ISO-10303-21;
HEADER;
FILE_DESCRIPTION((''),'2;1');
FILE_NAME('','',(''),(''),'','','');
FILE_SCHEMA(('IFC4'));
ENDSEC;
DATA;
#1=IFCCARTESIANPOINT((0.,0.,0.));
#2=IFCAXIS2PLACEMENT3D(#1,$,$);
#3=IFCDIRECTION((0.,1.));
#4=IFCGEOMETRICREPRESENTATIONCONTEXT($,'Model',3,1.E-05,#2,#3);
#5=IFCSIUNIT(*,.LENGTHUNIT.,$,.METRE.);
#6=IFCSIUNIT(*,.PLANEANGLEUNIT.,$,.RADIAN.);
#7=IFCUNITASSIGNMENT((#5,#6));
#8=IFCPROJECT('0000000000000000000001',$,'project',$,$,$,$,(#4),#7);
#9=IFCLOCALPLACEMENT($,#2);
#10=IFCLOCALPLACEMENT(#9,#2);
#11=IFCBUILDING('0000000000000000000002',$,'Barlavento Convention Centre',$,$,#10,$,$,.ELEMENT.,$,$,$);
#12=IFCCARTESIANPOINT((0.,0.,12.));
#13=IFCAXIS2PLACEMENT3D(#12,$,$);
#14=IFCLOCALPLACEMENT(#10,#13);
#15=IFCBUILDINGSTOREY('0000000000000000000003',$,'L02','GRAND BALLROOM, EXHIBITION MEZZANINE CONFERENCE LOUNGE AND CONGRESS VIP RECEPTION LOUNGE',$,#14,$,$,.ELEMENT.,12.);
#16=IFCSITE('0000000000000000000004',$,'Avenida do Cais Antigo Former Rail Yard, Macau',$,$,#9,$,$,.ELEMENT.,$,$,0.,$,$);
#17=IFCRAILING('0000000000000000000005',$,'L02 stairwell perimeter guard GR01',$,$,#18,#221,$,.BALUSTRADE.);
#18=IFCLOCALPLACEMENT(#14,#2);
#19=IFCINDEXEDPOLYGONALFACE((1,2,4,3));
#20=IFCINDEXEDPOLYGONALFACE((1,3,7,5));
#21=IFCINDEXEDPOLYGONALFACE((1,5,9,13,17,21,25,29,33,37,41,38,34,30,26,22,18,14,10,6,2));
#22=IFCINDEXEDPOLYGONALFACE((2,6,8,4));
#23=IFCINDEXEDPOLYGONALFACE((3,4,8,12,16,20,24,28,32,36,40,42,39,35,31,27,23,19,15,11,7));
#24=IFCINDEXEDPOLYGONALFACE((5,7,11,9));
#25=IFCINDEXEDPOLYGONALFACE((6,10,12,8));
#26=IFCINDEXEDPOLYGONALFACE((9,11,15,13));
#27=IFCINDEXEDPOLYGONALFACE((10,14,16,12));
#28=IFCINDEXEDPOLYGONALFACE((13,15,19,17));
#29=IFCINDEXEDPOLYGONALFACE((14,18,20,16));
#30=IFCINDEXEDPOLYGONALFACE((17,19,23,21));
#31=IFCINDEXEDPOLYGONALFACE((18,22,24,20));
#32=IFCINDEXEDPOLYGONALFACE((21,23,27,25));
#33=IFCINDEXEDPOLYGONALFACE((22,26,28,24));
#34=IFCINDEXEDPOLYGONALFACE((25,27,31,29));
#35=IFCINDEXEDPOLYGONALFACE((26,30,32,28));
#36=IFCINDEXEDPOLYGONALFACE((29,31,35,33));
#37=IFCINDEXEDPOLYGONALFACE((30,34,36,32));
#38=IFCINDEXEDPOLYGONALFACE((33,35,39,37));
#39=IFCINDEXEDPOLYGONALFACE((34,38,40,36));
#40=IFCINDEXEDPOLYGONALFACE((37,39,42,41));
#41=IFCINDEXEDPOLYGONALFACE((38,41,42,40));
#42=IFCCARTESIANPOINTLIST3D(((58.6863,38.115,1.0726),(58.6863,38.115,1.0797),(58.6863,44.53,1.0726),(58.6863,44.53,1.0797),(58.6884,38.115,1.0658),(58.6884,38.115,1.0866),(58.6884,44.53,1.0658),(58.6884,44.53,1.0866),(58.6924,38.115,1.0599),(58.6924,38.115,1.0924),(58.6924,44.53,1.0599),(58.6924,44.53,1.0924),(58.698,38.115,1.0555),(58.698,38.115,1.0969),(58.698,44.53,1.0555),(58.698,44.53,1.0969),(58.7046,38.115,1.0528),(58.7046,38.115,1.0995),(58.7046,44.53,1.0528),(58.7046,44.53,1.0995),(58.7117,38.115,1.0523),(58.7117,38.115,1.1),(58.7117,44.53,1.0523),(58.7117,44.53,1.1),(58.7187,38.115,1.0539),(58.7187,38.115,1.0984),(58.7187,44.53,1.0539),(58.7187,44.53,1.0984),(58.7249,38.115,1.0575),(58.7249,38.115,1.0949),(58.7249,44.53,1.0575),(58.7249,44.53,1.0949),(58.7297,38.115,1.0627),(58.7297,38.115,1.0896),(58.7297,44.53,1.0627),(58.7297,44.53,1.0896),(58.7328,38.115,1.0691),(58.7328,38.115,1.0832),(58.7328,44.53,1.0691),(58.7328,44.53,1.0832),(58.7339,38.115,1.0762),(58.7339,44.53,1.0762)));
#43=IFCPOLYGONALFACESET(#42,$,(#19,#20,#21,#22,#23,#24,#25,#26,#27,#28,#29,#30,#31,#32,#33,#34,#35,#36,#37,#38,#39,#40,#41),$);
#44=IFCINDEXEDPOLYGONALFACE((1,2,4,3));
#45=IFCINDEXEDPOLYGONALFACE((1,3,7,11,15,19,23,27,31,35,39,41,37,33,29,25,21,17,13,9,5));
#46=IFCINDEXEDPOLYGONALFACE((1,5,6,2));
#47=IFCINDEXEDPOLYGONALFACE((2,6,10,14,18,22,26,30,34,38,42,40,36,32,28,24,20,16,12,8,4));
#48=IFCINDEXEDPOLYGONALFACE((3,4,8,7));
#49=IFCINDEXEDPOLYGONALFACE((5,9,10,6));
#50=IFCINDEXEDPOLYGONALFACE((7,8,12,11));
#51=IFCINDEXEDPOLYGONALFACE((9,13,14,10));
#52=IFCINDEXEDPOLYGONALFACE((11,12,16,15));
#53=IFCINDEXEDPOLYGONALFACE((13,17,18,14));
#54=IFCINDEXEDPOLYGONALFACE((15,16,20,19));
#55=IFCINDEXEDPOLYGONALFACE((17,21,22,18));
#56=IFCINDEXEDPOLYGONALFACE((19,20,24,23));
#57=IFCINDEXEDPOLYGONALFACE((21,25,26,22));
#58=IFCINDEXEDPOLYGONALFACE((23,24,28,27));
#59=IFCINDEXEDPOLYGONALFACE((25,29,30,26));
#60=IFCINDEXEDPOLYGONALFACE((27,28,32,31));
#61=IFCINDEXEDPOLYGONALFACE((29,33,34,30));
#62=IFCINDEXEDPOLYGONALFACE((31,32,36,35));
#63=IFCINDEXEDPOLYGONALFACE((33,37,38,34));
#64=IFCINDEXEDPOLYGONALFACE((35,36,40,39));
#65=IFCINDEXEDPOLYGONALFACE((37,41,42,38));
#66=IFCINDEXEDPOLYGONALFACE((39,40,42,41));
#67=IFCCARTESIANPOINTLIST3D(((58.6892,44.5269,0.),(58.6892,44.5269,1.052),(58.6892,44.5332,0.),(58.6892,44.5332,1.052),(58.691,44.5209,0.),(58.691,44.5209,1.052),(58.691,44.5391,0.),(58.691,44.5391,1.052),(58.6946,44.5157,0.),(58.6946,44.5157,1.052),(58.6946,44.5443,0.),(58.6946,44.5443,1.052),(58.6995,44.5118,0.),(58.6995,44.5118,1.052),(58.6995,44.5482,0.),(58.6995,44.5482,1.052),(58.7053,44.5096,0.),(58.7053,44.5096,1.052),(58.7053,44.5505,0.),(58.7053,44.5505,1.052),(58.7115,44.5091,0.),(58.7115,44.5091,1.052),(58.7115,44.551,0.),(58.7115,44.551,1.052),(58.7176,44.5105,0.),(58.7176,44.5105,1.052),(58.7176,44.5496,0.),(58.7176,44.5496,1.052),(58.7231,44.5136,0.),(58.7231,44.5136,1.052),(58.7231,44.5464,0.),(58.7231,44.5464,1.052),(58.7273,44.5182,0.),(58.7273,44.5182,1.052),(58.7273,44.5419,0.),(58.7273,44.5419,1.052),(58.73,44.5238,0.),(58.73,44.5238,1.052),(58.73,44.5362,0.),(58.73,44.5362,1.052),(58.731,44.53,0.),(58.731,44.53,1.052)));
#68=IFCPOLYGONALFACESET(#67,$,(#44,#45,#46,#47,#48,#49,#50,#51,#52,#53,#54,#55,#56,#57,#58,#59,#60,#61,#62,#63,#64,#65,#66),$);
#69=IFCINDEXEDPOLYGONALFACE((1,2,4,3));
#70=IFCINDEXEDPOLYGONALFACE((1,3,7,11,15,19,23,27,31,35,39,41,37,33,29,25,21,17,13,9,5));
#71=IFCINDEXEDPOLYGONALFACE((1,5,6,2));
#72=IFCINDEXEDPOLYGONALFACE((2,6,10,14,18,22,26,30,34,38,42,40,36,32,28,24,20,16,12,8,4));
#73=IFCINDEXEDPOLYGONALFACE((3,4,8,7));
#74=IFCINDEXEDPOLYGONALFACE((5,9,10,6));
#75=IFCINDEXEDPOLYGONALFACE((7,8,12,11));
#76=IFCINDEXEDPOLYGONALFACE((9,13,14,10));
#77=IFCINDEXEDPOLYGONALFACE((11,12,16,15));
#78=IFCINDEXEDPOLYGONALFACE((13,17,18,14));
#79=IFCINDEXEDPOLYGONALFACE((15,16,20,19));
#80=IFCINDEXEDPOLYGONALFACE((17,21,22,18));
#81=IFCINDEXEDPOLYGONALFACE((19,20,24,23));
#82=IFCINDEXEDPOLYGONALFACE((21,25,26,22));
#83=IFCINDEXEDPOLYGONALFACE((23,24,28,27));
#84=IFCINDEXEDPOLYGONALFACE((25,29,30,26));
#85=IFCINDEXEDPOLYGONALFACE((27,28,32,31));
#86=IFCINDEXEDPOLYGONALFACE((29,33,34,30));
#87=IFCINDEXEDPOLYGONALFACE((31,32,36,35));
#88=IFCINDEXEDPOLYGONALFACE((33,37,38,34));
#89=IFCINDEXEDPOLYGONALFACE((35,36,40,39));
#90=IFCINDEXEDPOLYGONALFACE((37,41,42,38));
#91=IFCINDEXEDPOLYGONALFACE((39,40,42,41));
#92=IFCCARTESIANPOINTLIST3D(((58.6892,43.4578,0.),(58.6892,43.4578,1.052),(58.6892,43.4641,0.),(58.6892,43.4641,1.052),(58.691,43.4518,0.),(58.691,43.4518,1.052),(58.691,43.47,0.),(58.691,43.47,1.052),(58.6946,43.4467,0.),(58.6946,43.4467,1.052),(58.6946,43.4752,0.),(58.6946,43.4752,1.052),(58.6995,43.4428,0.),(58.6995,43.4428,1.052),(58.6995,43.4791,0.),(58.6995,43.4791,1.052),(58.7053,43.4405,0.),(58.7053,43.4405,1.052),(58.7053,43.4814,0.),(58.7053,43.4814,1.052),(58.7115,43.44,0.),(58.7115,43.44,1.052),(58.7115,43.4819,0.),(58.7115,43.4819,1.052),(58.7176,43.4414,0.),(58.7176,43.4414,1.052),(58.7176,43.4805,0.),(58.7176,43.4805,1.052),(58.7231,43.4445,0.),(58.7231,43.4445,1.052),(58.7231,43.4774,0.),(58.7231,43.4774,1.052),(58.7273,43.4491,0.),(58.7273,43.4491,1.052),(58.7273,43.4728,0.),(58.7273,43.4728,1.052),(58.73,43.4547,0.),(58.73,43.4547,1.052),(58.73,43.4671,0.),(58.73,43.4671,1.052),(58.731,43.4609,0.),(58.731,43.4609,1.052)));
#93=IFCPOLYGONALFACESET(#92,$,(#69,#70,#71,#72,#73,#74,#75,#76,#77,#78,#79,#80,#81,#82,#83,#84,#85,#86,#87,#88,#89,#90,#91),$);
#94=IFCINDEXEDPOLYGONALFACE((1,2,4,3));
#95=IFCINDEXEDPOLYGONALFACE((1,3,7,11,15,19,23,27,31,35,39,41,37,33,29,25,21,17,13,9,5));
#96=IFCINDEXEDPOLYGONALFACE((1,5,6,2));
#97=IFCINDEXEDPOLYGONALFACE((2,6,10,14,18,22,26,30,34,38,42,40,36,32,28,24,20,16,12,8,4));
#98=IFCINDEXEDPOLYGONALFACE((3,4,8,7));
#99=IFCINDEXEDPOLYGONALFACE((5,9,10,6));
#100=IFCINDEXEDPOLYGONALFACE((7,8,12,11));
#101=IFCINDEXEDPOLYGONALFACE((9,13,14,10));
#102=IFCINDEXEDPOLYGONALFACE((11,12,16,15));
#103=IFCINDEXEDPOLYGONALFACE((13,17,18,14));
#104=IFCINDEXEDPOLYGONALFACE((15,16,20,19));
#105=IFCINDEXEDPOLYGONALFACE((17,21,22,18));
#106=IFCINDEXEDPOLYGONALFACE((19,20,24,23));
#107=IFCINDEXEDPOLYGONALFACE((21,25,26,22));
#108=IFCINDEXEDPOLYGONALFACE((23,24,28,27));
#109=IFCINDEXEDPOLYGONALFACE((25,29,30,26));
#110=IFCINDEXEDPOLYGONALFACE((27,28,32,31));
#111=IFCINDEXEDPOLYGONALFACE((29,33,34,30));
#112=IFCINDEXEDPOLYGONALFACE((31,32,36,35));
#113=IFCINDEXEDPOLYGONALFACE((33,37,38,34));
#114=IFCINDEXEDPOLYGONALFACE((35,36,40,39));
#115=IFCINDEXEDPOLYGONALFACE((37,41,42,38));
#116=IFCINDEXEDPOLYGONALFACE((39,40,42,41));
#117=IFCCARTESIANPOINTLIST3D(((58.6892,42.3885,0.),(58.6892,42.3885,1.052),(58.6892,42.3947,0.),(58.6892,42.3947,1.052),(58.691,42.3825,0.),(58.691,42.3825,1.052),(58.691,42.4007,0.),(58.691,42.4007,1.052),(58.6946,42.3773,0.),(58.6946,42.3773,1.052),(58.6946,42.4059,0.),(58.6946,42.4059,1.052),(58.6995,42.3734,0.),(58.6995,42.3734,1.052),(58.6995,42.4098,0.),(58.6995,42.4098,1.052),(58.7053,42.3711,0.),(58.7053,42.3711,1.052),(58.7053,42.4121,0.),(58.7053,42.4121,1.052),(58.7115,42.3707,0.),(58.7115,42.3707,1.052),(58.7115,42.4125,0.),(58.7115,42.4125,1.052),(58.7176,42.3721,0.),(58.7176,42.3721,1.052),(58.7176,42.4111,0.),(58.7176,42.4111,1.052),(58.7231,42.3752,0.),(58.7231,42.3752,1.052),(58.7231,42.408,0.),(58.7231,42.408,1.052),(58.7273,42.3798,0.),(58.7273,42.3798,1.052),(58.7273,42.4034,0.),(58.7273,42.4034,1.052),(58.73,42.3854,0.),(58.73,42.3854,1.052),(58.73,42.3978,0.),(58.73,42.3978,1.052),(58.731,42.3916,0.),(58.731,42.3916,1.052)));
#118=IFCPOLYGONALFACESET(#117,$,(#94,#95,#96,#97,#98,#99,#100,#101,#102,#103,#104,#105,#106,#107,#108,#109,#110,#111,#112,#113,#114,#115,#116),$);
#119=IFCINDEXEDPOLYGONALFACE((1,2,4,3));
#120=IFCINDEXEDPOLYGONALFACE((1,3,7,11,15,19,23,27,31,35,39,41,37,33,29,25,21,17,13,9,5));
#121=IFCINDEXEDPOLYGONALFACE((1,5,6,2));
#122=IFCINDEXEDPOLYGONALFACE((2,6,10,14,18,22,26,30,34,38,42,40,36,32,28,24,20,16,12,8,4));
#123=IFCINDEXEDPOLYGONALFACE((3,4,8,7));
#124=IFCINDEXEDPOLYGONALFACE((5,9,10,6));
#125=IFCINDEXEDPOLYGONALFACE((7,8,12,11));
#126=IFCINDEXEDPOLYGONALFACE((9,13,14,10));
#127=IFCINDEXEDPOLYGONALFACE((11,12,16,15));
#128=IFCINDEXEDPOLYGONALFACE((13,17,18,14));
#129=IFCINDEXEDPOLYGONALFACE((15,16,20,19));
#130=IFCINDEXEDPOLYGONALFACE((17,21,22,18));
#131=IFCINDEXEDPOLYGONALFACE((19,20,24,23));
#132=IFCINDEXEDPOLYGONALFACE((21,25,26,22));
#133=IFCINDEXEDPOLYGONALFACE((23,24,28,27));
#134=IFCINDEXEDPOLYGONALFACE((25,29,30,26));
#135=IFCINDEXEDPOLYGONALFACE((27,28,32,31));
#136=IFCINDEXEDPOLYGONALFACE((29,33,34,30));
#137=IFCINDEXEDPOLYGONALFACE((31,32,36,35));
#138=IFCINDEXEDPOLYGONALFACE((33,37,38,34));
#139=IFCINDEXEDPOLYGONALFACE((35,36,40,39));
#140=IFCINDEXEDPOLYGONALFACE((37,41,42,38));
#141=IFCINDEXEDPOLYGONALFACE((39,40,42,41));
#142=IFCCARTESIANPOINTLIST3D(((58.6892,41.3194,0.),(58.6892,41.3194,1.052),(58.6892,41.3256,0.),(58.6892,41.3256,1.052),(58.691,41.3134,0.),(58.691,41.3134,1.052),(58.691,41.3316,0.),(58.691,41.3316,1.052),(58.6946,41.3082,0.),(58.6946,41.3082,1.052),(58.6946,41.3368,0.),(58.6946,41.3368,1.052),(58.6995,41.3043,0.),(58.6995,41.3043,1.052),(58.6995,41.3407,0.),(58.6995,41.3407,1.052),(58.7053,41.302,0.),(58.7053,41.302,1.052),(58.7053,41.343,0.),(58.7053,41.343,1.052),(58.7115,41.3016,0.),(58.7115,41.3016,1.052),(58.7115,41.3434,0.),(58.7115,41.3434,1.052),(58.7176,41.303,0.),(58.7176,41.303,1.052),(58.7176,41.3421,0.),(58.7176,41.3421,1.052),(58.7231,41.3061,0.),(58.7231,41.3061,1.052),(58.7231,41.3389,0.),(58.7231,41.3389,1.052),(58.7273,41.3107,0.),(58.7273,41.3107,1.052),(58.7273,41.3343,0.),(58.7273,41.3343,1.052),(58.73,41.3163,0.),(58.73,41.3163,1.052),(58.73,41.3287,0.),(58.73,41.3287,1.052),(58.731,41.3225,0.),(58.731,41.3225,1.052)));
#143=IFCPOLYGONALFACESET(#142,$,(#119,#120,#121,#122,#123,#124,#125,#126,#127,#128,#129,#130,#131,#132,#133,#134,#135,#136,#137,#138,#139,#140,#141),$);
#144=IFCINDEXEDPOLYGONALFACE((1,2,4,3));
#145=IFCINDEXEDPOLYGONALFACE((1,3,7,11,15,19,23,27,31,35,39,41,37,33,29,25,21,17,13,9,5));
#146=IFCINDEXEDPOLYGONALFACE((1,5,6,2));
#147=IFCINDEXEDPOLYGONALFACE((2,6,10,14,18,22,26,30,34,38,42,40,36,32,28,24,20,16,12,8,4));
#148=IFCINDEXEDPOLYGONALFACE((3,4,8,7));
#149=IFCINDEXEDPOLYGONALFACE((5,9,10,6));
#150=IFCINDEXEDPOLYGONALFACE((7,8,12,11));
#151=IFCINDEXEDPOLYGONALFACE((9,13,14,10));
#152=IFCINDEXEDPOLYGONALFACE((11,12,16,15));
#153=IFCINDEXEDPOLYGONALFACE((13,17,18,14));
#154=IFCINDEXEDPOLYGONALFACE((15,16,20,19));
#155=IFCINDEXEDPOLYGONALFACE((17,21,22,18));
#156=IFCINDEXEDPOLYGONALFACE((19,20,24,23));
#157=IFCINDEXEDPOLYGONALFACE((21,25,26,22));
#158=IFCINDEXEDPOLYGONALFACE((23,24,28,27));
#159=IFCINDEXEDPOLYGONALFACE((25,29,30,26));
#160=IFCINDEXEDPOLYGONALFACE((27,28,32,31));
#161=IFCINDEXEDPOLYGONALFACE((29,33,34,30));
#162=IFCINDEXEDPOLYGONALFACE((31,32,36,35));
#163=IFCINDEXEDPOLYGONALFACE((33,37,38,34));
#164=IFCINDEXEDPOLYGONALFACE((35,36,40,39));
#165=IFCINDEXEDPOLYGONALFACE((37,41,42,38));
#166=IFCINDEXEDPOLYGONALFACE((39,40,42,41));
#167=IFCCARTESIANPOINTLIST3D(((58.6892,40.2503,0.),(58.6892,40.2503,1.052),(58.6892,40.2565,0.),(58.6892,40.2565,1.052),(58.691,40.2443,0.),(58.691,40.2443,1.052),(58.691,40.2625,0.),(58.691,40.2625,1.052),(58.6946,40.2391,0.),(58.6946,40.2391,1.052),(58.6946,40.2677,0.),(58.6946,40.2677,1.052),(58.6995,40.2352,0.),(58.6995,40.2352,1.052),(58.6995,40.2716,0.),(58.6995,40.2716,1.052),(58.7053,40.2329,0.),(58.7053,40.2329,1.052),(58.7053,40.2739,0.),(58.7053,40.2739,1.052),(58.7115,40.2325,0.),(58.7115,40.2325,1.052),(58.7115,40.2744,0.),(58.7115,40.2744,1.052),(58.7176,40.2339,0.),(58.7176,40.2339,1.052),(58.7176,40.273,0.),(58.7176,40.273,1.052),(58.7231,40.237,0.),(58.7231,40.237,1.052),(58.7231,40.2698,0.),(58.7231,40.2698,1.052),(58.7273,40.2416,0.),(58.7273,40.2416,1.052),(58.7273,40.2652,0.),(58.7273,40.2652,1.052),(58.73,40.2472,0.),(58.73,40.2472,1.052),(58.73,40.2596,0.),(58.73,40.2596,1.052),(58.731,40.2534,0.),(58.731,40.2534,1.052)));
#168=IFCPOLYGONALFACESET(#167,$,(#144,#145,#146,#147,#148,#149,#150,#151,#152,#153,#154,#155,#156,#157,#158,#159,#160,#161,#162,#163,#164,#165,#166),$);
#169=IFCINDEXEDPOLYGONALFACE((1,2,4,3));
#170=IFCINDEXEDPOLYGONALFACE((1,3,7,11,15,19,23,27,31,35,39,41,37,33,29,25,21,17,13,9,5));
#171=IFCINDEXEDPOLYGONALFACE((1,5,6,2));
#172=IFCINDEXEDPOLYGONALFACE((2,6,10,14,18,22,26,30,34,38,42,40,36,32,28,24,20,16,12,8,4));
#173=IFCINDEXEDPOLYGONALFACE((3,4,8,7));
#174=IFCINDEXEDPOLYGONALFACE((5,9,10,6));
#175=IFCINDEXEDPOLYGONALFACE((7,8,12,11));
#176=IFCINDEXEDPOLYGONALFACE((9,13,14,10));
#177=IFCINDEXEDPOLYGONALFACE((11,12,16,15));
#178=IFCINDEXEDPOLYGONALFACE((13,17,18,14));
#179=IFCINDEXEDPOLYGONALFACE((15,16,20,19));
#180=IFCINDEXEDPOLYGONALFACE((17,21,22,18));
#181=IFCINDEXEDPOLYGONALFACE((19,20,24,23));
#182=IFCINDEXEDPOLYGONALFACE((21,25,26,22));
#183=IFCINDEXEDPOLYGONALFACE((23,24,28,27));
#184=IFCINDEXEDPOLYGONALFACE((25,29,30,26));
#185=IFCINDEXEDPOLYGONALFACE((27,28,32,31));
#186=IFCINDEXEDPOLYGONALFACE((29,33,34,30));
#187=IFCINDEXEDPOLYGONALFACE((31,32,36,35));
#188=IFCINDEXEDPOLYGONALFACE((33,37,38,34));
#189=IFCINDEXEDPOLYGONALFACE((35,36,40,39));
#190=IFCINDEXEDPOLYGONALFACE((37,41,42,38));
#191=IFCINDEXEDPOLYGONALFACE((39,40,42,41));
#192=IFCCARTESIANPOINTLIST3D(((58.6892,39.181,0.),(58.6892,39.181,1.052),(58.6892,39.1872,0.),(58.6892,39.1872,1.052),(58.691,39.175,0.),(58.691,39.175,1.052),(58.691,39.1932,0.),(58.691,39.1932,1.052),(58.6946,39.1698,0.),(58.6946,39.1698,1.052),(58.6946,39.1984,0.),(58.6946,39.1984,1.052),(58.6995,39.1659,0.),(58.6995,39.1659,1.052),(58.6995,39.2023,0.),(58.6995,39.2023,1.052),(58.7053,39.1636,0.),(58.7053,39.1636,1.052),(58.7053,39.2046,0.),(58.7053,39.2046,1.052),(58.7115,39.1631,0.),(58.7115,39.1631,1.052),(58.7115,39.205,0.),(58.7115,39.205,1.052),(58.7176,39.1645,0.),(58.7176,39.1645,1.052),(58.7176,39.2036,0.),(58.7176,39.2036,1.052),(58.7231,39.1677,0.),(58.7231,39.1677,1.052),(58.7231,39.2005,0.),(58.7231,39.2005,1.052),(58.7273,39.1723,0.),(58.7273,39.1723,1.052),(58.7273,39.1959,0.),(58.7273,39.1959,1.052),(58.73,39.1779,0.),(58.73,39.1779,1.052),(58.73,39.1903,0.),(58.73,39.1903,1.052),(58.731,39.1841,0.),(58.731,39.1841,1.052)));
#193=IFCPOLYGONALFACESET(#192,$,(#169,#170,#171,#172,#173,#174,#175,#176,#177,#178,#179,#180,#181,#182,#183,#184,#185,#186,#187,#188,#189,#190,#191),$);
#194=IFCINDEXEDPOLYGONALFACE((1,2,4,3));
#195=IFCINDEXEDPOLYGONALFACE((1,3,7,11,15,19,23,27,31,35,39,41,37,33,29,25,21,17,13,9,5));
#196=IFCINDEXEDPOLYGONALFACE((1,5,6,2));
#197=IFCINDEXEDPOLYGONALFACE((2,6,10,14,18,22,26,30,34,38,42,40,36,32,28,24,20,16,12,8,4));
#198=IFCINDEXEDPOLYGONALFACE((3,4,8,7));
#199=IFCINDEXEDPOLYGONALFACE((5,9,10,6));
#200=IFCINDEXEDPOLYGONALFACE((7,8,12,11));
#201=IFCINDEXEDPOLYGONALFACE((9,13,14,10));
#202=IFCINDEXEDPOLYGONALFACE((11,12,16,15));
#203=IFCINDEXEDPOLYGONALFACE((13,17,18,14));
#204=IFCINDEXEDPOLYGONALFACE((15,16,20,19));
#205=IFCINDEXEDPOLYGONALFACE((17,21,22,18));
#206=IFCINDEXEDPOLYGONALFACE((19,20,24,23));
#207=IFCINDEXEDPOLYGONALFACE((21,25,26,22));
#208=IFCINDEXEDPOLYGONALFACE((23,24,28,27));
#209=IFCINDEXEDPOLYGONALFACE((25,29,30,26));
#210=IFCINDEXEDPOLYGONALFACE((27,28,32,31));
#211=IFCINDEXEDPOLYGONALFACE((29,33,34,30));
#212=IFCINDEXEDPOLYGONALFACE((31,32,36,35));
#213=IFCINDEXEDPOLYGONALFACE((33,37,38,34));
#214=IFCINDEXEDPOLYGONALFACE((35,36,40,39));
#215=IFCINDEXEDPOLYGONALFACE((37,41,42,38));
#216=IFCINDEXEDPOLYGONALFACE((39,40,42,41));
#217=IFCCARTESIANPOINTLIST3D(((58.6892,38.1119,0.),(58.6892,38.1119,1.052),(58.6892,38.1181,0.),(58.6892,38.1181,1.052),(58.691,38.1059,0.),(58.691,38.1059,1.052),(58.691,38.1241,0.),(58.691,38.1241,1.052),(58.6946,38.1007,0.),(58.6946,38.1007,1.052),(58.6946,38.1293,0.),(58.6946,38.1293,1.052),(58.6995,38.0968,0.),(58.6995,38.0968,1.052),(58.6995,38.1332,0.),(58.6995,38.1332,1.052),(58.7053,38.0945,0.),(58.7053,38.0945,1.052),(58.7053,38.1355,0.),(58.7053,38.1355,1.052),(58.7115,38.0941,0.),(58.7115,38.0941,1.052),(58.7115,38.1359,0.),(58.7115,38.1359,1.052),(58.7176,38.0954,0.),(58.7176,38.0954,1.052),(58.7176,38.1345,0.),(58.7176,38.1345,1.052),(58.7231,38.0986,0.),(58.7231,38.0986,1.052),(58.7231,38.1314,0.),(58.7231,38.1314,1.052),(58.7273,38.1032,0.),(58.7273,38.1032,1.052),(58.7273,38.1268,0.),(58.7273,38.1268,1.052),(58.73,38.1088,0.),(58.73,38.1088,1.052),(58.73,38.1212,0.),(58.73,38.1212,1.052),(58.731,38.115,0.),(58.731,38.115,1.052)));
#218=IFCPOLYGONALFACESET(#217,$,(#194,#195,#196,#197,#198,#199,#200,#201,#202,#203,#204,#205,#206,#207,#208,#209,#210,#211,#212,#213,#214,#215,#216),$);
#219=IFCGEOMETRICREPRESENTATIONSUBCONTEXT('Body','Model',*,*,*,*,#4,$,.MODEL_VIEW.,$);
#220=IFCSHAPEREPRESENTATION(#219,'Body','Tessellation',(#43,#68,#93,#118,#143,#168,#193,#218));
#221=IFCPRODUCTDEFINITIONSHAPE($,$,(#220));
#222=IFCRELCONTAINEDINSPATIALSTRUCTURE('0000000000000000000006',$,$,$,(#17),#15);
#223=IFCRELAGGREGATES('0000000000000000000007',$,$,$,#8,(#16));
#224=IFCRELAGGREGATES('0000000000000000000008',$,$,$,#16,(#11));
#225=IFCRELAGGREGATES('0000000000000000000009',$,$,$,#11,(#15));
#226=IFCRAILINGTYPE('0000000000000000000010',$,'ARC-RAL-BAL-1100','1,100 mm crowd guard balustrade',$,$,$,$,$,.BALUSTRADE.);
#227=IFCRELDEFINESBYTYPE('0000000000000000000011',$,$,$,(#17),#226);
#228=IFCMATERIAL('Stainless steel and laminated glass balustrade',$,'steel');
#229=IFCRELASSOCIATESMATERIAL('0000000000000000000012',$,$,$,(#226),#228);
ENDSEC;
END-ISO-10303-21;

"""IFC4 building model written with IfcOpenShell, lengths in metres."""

from ifc_helpers import new_model, si_unit, direction, frame, origin, origin_2d, place, context, subcontext, project, spatial, circle, extrude, material, type_object, element, save


model = new_model("IFC4")

# Units and contexts
model_context = context("Model", 3, precision=1e-05, world=origin(), true_north=direction((0.0, 1.0)))
body_context = subcontext(model_context, "Body", "Model", "MODEL_VIEW")
ifc_project = project(units=[si_unit("LENGTHUNIT", "METRE"), si_unit("PLANEANGLEUNIT", "RADIAN")], contexts=[model_context])

# Site, building, storey
site_placement = place(None, origin())
site = spatial("IfcSite", under=ifc_project, at=site_placement, Name="Avenida do Cais Antigo Former Rail Yard, Macau", CompositionType="ELEMENT", RefElevation=0.0)
building_placement = place(site_placement, origin())
building = spatial("IfcBuilding", under=site, at=building_placement, Name="Barlavento Convention Centre", CompositionType="ELEMENT")
storey_placement = place(building_placement, frame((0.0, 0.0, 12.0)))
storey = spatial("IfcBuildingStorey", under=building, at=storey_placement, Name="L02", Description="GRAND BALLROOM, EXHIBITION MEZZANINE CONFERENCE LOUNGE AND CONGRESS VIP RECEPTION LOUNGE", CompositionType="ELEMENT", Elevation=12.0)

# Railing
ifc_material_1 = material(Name="Stainless steel and laminated glass balustrade", Category="steel")
railing_type = type_object("IfcRailingType", Name="ARC-RAL-BAL-1100", Description="1,100 mm crowd guard balustrade", PredefinedType="BALUSTRADE", material=ifc_material_1)
railing_1_placement = place(storey_placement, frame((58.71, 44.53, 0.0)))
element("IfcRailing", 1, at=railing_1_placement, inside=storey, type_object=railing_type, Name="L02 stairwell perimeter guard GR01", PredefinedType="BALUSTRADE", context=body_context, shape_type="SweptSolid", body=[
    extrude(circle(Radius=0.0239, at=origin_2d()), frame((0.0, 0.0, 1.0762), z_axis=(0.0, -1.0, 0.0), x_axis=(1.0, 0.0, 0.0)), (0.0, 0.0, 1.0), 6.415),
    extrude(circle(Radius=0.021, at=origin_2d()), origin(), (0.0, 0.0, 1.0), 1.052),
    extrude(circle(Radius=0.021, at=origin_2d()), frame((0.0, -1.0691, 0.0)), (0.0, 0.0, 1.0), 1.052),
    extrude(circle(Radius=0.021, at=origin_2d()), frame((0.0, -2.1384, 0.0)), (0.0, 0.0, 1.0), 1.052),
    extrude(circle(Radius=0.021, at=origin_2d()), frame((0.0, -3.2075, 0.0)), (0.0, 0.0, 1.0), 1.052),
    extrude(circle(Radius=0.021, at=origin_2d()), frame((0.0, -4.2766, 0.0)), (0.0, 0.0, 1.0), 1.052),
    extrude(circle(Radius=0.021, at=origin_2d()), frame((0.0, -5.3459, 0.0)), (0.0, 0.0, 1.0), 1.052),
    extrude(circle(Radius=0.021, at=origin_2d()), frame((0.0, -6.415, 0.0)), (0.0, 0.0, 1.0), 1.052),
])

save(model, "model.ifc")
